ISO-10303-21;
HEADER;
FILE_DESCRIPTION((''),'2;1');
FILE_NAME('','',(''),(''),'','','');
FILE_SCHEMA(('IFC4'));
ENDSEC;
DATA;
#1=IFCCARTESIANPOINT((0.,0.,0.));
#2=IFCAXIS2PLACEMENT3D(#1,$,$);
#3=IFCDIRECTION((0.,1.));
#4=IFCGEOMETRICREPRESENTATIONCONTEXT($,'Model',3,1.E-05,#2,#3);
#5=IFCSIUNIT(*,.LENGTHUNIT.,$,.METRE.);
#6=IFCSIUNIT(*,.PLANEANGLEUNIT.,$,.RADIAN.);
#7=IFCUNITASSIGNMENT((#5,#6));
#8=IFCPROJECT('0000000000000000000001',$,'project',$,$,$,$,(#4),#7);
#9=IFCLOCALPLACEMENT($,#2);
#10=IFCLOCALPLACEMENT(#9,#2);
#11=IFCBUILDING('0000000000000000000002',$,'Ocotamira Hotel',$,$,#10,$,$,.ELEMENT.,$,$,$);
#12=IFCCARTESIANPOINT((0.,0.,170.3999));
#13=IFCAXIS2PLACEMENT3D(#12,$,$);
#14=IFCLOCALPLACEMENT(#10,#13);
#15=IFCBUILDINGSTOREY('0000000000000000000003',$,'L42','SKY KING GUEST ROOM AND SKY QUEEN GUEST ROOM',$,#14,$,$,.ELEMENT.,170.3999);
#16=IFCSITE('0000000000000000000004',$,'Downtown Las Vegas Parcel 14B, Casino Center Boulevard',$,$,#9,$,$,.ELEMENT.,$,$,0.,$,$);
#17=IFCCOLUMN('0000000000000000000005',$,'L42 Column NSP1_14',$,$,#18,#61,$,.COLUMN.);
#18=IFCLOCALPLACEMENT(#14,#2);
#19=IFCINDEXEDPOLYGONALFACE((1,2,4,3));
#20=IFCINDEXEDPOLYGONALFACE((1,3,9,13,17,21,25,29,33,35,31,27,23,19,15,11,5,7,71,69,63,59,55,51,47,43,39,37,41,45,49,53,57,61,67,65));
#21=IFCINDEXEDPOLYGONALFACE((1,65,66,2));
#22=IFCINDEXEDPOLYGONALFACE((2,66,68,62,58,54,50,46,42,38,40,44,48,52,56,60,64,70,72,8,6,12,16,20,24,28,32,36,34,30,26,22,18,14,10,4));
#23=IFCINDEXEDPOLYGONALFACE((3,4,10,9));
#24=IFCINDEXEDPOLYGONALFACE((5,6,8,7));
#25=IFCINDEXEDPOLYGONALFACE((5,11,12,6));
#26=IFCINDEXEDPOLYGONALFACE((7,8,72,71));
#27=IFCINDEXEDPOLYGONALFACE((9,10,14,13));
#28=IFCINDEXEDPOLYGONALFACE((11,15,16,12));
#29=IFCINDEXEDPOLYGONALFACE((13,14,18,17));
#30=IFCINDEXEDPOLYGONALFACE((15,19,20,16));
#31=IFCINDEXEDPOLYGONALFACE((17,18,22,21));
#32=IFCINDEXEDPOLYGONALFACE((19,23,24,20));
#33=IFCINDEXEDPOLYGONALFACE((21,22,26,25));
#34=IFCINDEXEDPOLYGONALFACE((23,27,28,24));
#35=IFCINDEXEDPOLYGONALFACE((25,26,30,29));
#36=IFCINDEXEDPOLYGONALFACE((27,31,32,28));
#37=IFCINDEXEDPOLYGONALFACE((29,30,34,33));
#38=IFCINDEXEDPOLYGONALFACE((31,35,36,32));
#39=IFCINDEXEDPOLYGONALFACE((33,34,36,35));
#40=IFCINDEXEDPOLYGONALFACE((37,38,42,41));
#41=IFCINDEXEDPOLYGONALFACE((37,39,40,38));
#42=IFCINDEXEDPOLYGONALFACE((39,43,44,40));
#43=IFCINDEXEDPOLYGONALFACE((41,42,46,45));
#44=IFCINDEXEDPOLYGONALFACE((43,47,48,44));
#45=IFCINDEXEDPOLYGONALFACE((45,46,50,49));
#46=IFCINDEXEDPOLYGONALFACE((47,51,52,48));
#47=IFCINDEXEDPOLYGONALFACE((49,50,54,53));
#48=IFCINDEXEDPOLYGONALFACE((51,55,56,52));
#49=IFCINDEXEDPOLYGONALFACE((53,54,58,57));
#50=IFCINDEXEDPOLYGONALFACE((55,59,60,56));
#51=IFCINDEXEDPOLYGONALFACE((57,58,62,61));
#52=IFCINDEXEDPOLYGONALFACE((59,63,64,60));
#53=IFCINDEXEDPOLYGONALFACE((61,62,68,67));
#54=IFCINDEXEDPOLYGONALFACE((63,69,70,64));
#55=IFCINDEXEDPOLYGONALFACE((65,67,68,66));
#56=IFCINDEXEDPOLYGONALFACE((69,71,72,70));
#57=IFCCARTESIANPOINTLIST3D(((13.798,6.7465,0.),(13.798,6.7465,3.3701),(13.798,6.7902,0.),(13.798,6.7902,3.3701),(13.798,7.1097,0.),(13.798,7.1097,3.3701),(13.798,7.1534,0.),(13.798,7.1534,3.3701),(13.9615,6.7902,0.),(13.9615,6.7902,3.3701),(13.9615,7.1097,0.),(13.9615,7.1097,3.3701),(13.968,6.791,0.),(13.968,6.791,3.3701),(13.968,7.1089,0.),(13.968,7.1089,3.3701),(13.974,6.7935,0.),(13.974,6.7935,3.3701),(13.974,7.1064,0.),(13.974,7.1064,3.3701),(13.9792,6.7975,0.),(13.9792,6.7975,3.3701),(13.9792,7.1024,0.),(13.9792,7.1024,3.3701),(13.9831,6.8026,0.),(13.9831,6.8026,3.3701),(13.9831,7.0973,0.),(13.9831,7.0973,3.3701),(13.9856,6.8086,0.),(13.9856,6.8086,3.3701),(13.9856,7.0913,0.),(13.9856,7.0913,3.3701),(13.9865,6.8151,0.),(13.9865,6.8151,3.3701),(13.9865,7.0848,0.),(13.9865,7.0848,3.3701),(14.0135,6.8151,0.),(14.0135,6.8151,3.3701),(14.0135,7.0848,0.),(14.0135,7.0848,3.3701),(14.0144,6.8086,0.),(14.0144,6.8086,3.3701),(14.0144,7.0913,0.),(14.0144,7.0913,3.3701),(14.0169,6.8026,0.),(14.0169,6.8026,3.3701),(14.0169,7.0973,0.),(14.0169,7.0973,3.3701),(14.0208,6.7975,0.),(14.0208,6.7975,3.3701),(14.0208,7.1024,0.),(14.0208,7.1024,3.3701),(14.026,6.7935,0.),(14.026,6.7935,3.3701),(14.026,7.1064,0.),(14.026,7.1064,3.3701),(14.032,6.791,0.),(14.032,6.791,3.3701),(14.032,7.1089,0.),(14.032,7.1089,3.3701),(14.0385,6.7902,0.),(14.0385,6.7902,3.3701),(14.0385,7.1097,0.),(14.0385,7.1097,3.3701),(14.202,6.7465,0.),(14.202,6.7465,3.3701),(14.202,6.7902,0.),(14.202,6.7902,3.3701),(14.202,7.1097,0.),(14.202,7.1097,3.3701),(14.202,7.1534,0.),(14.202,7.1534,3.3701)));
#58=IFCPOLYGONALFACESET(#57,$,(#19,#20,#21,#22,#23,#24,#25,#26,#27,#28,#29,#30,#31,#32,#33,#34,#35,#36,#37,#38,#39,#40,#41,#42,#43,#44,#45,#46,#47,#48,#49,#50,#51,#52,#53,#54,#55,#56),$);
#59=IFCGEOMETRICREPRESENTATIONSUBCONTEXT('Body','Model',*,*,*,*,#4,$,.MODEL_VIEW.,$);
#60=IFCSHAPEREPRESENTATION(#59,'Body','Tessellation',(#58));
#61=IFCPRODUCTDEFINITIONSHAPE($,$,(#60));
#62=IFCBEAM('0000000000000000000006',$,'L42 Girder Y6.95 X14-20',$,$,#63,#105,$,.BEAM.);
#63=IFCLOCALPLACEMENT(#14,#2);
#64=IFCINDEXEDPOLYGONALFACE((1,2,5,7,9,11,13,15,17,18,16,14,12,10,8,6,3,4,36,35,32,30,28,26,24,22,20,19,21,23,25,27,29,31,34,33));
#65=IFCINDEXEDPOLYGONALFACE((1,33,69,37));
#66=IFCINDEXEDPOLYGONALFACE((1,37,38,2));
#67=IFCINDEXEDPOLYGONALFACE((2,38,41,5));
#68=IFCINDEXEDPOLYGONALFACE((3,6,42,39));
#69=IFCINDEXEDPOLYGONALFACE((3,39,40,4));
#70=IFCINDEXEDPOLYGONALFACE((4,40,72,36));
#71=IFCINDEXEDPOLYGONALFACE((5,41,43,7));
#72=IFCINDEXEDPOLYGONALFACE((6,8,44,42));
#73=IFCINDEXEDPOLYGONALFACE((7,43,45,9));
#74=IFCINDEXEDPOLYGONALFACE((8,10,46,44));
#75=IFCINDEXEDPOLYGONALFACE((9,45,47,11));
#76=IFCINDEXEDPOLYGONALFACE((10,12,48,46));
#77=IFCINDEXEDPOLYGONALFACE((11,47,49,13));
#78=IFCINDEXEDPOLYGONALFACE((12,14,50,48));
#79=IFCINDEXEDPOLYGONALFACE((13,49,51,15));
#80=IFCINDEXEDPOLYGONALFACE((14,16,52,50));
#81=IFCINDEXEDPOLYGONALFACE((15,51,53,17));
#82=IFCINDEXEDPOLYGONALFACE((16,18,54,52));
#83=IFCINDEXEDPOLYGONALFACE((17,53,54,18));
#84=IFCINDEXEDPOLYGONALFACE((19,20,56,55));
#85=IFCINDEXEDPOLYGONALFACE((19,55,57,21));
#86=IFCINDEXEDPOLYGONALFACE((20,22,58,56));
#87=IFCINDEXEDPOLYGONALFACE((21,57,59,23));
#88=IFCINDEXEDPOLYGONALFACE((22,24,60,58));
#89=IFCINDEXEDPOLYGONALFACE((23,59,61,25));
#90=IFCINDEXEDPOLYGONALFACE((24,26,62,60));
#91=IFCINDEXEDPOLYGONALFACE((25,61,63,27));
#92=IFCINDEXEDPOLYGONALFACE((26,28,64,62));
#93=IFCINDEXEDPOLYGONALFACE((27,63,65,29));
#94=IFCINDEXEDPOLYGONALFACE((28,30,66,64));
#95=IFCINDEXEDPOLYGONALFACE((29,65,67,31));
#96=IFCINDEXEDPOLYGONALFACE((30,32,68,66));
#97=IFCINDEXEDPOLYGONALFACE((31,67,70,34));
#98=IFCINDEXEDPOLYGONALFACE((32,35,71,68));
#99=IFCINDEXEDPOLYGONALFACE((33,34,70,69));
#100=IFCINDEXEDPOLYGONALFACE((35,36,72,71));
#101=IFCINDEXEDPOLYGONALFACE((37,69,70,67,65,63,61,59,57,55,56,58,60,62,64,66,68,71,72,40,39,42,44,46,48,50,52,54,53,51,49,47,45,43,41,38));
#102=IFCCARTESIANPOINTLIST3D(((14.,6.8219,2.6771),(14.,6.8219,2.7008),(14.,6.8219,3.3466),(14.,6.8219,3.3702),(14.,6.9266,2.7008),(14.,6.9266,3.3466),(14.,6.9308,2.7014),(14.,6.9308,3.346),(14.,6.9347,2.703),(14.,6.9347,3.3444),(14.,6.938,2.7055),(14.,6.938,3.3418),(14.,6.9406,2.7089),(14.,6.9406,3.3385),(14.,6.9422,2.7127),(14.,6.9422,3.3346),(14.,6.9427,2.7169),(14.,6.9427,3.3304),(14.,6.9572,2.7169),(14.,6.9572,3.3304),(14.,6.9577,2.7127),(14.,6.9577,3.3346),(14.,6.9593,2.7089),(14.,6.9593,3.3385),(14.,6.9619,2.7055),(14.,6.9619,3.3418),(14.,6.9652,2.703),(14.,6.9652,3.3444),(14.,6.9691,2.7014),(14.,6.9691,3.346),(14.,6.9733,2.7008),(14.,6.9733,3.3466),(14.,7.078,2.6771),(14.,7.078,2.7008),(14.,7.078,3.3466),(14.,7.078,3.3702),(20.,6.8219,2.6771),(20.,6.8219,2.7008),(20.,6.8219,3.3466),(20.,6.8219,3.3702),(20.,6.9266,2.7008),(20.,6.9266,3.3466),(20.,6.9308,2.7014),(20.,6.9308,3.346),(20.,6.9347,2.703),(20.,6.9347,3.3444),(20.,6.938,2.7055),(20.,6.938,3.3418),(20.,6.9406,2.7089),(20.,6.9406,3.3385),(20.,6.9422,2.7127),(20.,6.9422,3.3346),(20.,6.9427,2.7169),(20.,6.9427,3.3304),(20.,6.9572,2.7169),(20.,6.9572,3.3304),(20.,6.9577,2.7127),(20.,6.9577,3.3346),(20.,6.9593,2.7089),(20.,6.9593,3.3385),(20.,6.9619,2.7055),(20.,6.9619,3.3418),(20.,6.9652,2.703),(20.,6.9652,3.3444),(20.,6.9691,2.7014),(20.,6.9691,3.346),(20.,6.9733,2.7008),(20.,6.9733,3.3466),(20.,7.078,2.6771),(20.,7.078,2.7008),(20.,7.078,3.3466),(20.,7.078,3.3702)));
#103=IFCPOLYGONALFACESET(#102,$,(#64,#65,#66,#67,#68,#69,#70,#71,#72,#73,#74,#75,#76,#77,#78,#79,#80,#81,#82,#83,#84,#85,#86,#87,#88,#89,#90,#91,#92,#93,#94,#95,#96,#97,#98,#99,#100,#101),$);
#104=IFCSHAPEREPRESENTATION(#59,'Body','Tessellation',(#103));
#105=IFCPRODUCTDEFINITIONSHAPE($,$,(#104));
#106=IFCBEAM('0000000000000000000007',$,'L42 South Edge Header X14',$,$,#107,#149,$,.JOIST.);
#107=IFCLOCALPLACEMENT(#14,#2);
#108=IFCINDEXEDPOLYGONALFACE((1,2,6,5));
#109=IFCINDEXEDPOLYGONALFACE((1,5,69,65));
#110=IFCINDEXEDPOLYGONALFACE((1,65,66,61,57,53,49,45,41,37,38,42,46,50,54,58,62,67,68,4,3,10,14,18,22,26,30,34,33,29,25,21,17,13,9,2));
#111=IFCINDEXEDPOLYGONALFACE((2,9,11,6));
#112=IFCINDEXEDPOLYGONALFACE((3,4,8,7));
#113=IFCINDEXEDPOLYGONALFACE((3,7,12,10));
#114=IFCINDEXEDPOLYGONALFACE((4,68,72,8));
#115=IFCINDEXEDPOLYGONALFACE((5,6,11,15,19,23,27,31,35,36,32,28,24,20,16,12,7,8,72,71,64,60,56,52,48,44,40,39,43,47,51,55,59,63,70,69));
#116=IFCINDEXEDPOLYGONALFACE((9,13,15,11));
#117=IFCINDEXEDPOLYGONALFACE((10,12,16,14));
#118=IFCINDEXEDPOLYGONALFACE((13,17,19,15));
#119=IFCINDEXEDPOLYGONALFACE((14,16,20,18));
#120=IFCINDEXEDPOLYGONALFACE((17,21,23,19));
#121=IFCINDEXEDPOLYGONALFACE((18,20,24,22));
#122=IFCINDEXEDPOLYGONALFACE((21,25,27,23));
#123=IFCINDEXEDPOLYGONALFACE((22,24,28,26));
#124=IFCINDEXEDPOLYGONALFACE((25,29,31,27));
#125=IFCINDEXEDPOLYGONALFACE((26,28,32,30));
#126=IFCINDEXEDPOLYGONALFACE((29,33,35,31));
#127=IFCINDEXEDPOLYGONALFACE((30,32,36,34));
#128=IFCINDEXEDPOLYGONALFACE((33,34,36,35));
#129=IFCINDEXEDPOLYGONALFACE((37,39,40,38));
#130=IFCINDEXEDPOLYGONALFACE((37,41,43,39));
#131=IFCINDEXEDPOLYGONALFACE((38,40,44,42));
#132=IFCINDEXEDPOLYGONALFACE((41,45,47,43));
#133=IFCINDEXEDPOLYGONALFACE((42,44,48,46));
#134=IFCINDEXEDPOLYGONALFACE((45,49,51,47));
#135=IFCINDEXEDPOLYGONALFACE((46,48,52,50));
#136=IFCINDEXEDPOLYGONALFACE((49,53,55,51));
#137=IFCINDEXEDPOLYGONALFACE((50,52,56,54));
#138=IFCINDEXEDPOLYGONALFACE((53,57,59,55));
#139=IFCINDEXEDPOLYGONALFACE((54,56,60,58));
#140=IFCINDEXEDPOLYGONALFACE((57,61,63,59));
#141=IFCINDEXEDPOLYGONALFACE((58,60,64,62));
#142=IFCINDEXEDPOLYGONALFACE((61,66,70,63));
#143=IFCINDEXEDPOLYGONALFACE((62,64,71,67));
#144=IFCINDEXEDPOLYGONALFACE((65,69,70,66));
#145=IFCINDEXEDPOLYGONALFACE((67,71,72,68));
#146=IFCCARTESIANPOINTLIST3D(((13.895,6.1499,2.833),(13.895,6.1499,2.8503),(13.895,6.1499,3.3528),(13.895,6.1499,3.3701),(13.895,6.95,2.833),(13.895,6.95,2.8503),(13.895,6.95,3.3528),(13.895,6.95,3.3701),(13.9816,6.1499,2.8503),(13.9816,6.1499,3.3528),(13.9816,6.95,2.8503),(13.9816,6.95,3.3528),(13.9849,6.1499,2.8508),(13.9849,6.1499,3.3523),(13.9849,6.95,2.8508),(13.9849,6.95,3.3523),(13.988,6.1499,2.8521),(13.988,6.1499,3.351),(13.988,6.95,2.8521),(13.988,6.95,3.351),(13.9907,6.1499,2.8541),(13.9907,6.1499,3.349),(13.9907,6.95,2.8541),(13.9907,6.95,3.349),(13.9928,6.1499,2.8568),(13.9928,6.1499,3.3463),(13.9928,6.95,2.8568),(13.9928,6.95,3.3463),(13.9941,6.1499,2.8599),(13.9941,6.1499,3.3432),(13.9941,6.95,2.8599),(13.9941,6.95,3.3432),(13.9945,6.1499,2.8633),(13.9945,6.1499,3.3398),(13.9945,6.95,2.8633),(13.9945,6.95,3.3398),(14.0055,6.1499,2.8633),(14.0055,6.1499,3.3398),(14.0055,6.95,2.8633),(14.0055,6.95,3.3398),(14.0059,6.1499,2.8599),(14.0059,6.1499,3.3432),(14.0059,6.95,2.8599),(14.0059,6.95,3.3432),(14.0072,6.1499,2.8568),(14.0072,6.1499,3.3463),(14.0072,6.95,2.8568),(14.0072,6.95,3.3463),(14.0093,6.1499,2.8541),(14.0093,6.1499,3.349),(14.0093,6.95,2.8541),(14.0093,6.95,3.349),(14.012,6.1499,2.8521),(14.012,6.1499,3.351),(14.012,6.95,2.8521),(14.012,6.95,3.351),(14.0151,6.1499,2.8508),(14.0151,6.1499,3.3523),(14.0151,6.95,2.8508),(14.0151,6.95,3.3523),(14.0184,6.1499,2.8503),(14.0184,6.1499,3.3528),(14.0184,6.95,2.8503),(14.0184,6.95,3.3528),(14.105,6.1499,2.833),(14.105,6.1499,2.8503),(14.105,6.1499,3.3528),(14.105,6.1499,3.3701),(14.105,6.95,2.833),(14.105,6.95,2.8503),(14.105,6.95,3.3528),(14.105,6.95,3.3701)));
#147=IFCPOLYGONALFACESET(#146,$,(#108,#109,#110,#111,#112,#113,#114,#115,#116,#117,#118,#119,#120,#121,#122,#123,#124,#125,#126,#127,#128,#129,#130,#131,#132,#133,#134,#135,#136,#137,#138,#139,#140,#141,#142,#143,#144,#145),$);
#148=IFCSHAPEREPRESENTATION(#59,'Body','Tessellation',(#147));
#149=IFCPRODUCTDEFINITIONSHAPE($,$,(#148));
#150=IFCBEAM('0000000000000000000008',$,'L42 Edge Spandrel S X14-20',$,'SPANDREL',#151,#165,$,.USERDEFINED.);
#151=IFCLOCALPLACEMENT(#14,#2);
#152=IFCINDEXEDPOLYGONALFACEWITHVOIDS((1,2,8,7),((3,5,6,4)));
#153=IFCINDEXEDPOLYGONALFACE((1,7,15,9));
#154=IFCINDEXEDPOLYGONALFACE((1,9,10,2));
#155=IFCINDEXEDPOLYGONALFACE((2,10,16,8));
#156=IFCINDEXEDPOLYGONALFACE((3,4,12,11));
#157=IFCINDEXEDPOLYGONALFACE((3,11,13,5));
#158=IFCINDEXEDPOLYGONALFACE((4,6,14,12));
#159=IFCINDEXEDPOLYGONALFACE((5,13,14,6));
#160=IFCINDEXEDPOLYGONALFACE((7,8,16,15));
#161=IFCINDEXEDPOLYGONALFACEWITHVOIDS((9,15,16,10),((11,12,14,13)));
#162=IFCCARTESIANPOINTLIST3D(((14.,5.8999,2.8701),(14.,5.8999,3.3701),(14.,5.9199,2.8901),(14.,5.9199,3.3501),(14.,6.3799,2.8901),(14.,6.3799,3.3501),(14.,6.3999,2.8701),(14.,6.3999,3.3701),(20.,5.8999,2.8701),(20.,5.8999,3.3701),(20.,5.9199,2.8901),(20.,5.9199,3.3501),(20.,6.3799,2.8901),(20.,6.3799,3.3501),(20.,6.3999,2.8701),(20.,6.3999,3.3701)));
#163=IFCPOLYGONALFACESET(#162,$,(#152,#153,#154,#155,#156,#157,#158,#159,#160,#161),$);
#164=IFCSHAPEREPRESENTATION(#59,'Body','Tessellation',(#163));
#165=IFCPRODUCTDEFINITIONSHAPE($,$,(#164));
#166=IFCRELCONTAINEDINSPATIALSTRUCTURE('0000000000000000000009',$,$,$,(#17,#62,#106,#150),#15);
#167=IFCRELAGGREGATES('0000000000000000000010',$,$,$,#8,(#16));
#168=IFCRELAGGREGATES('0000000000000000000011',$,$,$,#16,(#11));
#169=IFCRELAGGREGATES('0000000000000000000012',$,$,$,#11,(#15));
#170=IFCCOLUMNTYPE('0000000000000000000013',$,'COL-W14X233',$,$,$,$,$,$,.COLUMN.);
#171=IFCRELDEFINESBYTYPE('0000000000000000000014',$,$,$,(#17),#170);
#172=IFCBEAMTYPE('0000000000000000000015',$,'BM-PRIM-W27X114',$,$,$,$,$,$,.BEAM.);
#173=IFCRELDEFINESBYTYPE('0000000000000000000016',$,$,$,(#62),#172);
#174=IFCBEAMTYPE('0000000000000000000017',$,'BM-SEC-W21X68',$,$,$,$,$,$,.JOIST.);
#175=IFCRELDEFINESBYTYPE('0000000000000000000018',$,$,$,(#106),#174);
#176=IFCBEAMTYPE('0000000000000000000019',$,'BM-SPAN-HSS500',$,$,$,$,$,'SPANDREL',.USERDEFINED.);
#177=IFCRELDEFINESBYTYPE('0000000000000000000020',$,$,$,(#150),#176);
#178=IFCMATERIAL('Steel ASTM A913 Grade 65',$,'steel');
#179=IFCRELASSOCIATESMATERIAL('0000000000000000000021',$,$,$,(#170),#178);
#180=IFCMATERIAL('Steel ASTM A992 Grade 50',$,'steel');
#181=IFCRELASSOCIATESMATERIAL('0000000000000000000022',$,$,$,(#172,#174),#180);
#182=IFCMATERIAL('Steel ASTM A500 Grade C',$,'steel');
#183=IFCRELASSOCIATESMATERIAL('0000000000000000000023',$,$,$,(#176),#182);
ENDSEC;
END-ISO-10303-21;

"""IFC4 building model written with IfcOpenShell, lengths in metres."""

from ifc_helpers import new_model, si_unit, direction, frame, origin, origin_2d, place, context, subcontext, project, spatial, hollow_rectangle, i_section, extrude, source, transform, mapped, material, material_profile, profile_set, type_object, element, save


model = new_model("IFC4")

# Units and contexts
model_context = context("Model", 3, precision=1e-05, world=origin(), true_north=direction((0.0, 1.0)))
body_context = subcontext(model_context, "Body", "Model", "MODEL_VIEW")
ifc_project = project(units=[si_unit("LENGTHUNIT", "METRE"), si_unit("PLANEANGLEUNIT", "RADIAN")], contexts=[model_context])

# Site, building, storey
site_placement = place(None, origin())
site = spatial("IfcSite", under=ifc_project, at=site_placement, Name="Downtown Las Vegas Parcel 14B, Casino Center Boulevard", CompositionType="ELEMENT", RefElevation=0.0)
building_placement = place(site_placement, origin())
building = spatial("IfcBuilding", under=site, at=building_placement, Name="Ocotamira Hotel", CompositionType="ELEMENT")
storey_placement = place(building_placement, frame((0.0, 0.0, 170.3999)))
storey = spatial("IfcBuildingStorey", under=building, at=storey_placement, Name="L42", Description="SKY KING GUEST ROOM AND SKY QUEEN GUEST ROOM", CompositionType="ELEMENT", Elevation=170.3999)

# Column
ifc_material_1 = material(Name="Steel ASTM A913 Grade 65", Category="steel")
ifc_material_profile_1 = material_profile(ifc_material_1, i_section(OverallWidth=0.4041, OverallDepth=0.407, WebThickness=0.0271, FlangeThickness=0.0437, FilletRadius=0.0249, at=origin_2d()), Name="W14X233")
ifc_profile_set_1 = profile_set([ifc_material_profile_1], Name="Steel ASTM A913 Grade 65")
column_type = type_object("IfcColumnType", Name="COL-W14X233", PredefinedType="COLUMN", material=ifc_profile_set_1)
shared_shape_1 = source(origin(), body_context, "Body", "SweptSolid", [
    extrude(i_section(OverallWidth=0.4041, OverallDepth=0.407, WebThickness=0.0271, FlangeThickness=0.0437, FilletRadius=0.0249, at=origin_2d()), origin(), (0.0, 0.0, 1.0), 3.3701),
])
column_placement = place(storey_placement, frame((14.0, 6.95, 0.0), z_axis=(0.0, 0.0, 1.0), x_axis=(1.0, 0.0, 0.0)))
element("IfcColumn", 1, at=column_placement, inside=storey, type_object=column_type, Name="L42 Column NSP1_14", PredefinedType="COLUMN", context=body_context, shape_type="MappedRepresentation", body=[
    mapped(shared_shape_1, transform((0.0, 0.0, 0.0), scale=1.0)),
])

# Beams
ifc_material_2 = material(Name="Steel ASTM A992 Grade 50", Category="steel")
ifc_material_profile_2 = material_profile(ifc_material_2, i_section(OverallWidth=0.2561, OverallDepth=0.6931, WebThickness=0.0144, FlangeThickness=0.0237, FilletRadius=0.0161, at=origin_2d()), Name="W27X114")
ifc_profile_set_2 = profile_set([ifc_material_profile_2], Name="Steel ASTM A992 Grade 50")
beam_type_1 = type_object("IfcBeamType", Name="BM-PRIM-W27X114", PredefinedType="BEAM", material=ifc_profile_set_2)
shared_shape_2 = source(origin(), body_context, "Body", "SweptSolid", [
    extrude(i_section(OverallWidth=0.2561, OverallDepth=0.6931, WebThickness=0.0144, FlangeThickness=0.0237, FilletRadius=0.0161, at=origin_2d()), origin(), (0.0, 0.0, 1.0), 6.0),
])
beam_1_placement = place(storey_placement, frame((14.0, 6.95, 3.0237), z_axis=(1.0, 0.0, 0.0), x_axis=(0.0, 1.0, 0.0)))
element("IfcBeam", 2, at=beam_1_placement, inside=storey, type_object=beam_type_1, Name="L42 Girder Y6.95 X14-20", PredefinedType="BEAM", context=body_context, shape_type="MappedRepresentation", body=[
    mapped(shared_shape_2, transform((0.0, 0.0, 0.0), scale=1.0)),
])
ifc_material_profile_3 = material_profile(ifc_material_2, i_section(OverallWidth=0.21, OverallDepth=0.5371, WebThickness=0.011, FlangeThickness=0.0173, FilletRadius=0.0129, at=origin_2d()), Name="W21X68")
ifc_profile_set_3 = profile_set([ifc_material_profile_3], Name="Steel ASTM A992 Grade 50")
beam_type_2 = type_object("IfcBeamType", Name="BM-SEC-W21X68", PredefinedType="JOIST", material=ifc_profile_set_3)
shared_shape_3 = source(origin(), body_context, "Body", "SweptSolid", [
    extrude(i_section(OverallWidth=0.21, OverallDepth=0.5371, WebThickness=0.011, FlangeThickness=0.0173, FilletRadius=0.0129, at=origin_2d()), origin(), (0.0, 0.0, 1.0), 0.8),
])
beam_2_placement = place(storey_placement, frame((14.0, 6.95, 3.1016), z_axis=(0.0, -1.0, 0.0), x_axis=(1.0, 0.0, 0.0)))
element("IfcBeam", 3, at=beam_2_placement, inside=storey, type_object=beam_type_2, Name="L42 South Edge Header X14", PredefinedType="JOIST", context=body_context, shape_type="MappedRepresentation", body=[
    mapped(shared_shape_3, transform((0.0, 0.0, 0.0), scale=1.0)),
])
ifc_material_3 = material(Name="Steel ASTM A500 Grade C", Category="steel")
ifc_material_profile_4 = material_profile(ifc_material_3, hollow_rectangle(XDim=0.5, YDim=0.5, WallThickness=0.02, at=origin_2d()), Name="HSS500X500X20")
ifc_profile_set_4 = profile_set([ifc_material_profile_4], Name="Steel ASTM A500 Grade C")
beam_type_3 = type_object("IfcBeamType", Name="BM-SPAN-HSS500", ElementType="SPANDREL", PredefinedType="USERDEFINED", material=ifc_profile_set_4)
shared_shape_4 = source(origin(), body_context, "Body", "SweptSolid", [
    extrude(hollow_rectangle(XDim=0.5, YDim=0.5, WallThickness=0.02, at=origin_2d()), origin(), (0.0, 0.0, 1.0), 6.0),
])
beam_3_placement = place(storey_placement, frame((14.0, 6.1499, 3.1201), z_axis=(1.0, 0.0, 0.0), x_axis=(0.0, 1.0, 0.0)))
element("IfcBeam", 4, at=beam_3_placement, inside=storey, type_object=beam_type_3, Name="L42 Edge Spandrel S X14-20", ObjectType="SPANDREL", PredefinedType="USERDEFINED", context=body_context, shape_type="MappedRepresentation", body=[
    mapped(shared_shape_4, transform((0.0, 0.0, 0.0), scale=1.0)),
])

save(model, "model.ifc")
